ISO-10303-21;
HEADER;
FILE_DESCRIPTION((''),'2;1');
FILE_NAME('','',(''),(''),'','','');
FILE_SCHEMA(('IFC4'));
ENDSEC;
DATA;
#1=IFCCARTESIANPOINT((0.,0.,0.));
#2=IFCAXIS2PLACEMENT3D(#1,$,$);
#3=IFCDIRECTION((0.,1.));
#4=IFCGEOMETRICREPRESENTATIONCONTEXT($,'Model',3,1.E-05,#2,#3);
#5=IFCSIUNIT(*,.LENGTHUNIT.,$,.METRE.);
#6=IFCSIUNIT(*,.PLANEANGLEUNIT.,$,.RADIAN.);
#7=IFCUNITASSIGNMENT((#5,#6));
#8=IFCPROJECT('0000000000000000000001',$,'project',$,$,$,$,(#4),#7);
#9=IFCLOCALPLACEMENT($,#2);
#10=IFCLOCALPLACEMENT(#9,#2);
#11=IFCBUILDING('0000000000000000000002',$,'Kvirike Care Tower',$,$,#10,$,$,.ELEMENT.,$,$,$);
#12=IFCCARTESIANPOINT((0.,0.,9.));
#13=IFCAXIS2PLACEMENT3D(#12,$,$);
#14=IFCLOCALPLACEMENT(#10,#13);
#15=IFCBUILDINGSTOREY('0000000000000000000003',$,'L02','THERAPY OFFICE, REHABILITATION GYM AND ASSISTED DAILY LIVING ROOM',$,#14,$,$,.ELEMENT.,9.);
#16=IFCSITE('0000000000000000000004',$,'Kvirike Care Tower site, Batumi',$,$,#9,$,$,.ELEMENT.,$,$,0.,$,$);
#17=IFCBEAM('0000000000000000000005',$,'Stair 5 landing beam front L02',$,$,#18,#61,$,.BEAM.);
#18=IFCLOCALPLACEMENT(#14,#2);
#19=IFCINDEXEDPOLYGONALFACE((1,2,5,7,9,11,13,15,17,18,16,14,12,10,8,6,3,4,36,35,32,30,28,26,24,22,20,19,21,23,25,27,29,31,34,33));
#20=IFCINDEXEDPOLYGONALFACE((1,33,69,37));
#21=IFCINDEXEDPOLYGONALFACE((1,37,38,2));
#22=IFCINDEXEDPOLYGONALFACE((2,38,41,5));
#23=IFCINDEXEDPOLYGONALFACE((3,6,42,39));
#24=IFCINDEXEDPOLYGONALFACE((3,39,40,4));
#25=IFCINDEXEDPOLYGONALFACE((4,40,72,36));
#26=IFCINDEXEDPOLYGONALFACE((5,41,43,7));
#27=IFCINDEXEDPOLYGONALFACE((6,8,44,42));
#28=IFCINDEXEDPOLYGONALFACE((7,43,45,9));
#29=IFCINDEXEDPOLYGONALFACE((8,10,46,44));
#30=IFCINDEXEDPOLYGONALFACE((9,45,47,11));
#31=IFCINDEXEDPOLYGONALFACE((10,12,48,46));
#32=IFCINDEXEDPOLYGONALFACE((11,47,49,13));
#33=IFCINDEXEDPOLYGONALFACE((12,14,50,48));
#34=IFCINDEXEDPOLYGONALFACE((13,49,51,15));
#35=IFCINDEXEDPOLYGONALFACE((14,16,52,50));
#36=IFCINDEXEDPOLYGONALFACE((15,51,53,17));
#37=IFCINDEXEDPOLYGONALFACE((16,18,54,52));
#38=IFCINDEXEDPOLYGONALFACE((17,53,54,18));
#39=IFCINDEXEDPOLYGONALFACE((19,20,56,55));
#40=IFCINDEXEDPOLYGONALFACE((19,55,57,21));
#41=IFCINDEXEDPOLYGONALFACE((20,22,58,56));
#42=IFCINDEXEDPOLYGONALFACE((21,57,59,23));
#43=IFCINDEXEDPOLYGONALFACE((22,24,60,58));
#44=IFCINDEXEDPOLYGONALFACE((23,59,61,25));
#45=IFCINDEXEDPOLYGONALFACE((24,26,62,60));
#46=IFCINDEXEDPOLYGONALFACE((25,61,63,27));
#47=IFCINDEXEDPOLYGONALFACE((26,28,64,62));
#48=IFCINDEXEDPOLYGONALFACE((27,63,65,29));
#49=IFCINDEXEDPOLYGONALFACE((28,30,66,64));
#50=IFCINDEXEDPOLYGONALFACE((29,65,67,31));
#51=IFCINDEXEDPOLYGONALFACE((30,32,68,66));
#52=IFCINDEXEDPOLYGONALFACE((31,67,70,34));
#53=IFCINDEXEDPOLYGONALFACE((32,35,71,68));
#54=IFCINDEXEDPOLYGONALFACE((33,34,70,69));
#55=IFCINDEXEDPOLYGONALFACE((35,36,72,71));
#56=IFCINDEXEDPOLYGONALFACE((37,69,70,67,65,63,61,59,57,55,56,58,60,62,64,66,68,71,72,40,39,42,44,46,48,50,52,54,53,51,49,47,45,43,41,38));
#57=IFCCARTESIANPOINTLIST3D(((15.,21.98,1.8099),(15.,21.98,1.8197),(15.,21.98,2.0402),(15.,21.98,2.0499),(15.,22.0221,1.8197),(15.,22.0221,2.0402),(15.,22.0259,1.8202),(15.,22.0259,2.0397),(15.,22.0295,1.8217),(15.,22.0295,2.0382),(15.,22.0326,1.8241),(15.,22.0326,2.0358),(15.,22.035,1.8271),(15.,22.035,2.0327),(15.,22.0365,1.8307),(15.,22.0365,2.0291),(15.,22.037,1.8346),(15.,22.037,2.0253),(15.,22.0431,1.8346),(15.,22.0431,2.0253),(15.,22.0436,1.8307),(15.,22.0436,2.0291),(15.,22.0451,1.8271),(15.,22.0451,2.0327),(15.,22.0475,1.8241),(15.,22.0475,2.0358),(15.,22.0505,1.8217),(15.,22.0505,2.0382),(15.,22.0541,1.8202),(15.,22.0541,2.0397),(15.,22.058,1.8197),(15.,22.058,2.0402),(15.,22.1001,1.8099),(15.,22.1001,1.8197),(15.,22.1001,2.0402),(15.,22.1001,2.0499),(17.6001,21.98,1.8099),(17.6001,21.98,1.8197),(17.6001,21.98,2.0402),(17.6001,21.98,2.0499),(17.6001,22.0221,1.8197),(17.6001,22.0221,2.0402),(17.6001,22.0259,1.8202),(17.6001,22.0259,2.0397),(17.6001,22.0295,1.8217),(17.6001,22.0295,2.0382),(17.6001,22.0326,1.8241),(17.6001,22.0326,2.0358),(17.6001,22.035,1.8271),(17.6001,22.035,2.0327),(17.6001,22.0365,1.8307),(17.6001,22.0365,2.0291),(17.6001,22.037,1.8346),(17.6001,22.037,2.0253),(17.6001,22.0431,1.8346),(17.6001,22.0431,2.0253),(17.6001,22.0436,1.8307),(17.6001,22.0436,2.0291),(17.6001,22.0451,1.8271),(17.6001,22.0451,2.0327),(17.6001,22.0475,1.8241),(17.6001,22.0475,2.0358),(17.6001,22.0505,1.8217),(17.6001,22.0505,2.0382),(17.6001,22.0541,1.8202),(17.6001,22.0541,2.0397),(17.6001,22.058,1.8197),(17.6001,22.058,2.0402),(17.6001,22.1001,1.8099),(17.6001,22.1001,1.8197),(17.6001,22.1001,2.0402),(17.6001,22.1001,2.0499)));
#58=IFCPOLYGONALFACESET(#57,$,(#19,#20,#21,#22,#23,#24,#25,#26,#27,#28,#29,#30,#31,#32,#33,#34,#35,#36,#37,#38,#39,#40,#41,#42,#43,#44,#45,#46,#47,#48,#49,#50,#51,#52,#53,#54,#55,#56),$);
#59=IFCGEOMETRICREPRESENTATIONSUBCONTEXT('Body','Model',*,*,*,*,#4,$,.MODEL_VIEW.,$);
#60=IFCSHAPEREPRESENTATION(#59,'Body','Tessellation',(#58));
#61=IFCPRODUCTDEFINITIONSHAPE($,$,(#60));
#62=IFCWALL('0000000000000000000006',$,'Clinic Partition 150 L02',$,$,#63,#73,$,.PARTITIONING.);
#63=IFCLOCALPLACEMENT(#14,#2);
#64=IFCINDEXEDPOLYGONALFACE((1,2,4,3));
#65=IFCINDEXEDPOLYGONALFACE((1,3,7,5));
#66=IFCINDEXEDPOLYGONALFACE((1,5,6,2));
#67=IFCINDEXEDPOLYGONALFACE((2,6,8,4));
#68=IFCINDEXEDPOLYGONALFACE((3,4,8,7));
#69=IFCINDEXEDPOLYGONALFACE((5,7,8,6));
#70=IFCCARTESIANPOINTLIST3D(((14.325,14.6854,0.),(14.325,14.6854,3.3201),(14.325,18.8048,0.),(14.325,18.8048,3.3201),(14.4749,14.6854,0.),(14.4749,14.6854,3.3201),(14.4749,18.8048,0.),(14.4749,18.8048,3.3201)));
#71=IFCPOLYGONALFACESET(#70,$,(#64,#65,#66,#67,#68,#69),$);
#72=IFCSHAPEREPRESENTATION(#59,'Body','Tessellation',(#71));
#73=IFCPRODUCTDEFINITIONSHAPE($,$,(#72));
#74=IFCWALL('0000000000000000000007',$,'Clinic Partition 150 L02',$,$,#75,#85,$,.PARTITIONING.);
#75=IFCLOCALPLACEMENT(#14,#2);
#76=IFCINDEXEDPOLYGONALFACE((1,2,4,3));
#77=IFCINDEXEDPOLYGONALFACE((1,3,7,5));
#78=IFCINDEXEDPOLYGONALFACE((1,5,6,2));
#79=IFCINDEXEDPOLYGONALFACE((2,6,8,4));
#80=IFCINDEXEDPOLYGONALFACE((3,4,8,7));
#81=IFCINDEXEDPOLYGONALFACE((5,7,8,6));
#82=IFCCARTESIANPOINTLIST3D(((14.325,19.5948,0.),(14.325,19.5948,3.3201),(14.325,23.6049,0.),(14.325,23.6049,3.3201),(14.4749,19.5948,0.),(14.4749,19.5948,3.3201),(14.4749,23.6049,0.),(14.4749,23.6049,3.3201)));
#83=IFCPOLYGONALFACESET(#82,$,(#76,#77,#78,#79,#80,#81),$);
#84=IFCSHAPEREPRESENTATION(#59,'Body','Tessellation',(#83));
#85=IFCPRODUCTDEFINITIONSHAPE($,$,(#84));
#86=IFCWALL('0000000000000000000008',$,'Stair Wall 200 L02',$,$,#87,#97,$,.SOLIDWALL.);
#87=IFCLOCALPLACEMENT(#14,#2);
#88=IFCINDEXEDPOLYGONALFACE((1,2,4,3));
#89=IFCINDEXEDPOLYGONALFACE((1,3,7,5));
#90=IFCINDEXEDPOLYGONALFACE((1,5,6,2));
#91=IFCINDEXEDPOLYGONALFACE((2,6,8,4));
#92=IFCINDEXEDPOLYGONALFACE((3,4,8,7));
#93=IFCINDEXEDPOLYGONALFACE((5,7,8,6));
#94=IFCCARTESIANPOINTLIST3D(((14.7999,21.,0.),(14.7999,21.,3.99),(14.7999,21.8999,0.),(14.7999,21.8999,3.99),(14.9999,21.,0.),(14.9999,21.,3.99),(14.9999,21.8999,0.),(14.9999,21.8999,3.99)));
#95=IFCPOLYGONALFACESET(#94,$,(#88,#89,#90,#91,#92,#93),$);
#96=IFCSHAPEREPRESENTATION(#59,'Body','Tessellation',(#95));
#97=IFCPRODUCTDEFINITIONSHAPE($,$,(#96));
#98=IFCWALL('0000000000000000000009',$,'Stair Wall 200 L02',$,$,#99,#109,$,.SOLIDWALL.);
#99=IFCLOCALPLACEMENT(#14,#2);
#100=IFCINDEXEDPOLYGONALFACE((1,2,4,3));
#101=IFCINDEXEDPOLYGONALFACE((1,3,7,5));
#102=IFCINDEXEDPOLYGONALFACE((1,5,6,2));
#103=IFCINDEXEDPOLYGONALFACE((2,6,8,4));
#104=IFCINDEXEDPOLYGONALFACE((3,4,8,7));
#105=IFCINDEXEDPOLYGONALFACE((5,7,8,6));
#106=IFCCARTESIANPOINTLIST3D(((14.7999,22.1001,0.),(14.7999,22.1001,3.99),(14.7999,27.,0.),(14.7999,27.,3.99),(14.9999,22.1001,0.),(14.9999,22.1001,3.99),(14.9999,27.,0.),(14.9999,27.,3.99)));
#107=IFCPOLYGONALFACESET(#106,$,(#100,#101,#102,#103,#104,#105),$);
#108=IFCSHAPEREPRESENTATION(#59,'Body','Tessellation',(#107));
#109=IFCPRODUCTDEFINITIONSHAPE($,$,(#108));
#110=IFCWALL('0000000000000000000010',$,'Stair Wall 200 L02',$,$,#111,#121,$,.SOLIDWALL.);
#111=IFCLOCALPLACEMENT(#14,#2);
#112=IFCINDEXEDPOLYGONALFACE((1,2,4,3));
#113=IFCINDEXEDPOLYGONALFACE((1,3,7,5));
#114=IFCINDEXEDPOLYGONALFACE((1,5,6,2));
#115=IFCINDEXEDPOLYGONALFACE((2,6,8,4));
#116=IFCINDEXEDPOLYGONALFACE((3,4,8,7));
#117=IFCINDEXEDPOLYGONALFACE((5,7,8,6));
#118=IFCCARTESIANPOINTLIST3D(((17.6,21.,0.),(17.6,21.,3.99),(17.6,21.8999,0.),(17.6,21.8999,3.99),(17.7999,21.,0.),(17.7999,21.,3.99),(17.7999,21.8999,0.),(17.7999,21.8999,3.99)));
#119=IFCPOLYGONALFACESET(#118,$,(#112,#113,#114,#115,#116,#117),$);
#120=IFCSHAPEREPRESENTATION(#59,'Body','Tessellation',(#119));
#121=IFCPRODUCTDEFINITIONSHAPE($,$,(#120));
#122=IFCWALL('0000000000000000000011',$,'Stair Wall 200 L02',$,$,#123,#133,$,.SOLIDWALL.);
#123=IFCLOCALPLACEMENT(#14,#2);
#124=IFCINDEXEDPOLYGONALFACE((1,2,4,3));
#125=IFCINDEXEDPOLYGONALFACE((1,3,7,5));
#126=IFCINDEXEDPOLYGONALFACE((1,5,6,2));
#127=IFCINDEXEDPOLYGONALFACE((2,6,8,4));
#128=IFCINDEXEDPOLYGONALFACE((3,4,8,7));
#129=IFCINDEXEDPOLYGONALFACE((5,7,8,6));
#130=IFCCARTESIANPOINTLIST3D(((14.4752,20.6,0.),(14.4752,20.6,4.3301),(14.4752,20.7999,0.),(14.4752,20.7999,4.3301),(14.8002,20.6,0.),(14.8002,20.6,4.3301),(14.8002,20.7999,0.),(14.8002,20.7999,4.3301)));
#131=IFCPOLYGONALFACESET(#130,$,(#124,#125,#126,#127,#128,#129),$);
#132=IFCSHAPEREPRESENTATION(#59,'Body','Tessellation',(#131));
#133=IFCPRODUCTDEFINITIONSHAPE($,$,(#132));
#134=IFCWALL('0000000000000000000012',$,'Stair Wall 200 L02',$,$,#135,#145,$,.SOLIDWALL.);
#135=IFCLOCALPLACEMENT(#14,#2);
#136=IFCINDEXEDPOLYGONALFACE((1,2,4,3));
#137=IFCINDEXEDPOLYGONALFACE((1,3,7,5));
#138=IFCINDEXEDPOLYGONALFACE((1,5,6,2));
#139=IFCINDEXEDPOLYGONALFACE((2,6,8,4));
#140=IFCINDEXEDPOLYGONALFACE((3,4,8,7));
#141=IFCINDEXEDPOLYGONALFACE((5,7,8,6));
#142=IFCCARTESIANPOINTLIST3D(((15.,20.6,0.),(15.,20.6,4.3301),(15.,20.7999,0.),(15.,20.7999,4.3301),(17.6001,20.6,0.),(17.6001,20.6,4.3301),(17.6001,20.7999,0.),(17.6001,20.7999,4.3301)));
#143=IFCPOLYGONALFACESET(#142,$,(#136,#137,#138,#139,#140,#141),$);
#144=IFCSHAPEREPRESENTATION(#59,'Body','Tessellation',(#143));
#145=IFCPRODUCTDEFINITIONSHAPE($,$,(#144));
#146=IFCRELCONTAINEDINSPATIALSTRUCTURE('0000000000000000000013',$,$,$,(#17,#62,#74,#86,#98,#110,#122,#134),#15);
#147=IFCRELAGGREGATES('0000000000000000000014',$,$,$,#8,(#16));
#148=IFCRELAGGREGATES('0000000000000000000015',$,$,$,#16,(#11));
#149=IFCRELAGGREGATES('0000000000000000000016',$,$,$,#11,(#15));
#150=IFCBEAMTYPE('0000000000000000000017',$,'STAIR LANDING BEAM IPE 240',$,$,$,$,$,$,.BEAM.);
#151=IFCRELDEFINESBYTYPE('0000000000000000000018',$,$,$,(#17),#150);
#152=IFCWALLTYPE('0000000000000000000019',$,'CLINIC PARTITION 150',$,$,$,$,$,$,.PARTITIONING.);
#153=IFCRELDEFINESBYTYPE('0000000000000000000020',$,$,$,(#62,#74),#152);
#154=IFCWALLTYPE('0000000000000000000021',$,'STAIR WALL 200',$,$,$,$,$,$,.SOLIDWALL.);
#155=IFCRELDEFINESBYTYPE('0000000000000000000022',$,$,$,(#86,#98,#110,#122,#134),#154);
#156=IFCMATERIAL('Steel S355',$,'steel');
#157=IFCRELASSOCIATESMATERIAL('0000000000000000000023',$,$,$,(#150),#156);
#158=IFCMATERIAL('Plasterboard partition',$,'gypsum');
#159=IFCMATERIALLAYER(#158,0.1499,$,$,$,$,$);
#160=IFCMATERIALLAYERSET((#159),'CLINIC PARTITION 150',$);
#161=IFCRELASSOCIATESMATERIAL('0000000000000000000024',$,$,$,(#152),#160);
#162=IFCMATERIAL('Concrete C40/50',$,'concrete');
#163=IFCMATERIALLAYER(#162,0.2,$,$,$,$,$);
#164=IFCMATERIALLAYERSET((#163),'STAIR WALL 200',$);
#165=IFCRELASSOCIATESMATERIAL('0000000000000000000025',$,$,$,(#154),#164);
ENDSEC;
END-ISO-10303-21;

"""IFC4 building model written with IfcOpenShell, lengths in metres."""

from ifc_helpers import new_model, si_unit, direction, frame, frame_2d, origin, origin_2d, place, context, subcontext, project, spatial, rectangle, i_section, extrude, material, layer, layer_set, material_profile, profile_set, type_object, element, save


model = new_model("IFC4")

# Units and contexts
model_context = context("Model", 3, precision=1e-05, world=origin(), true_north=direction((0.0, 1.0)))
body_context = subcontext(model_context, "Body", "Model", "MODEL_VIEW")
ifc_project = project(units=[si_unit("LENGTHUNIT", "METRE"), si_unit("PLANEANGLEUNIT", "RADIAN")], contexts=[model_context])

# Site, building, storey
site_placement = place(None, origin())
site = spatial("IfcSite", under=ifc_project, at=site_placement, Name="Kvirike Care Tower site, Batumi", CompositionType="ELEMENT", RefElevation=0.0)
building_placement = place(site_placement, origin())
building = spatial("IfcBuilding", under=site, at=building_placement, Name="Kvirike Care Tower", CompositionType="ELEMENT")
storey_placement = place(building_placement, frame((0.0, 0.0, 9.0)))
storey = spatial("IfcBuildingStorey", under=building, at=storey_placement, Name="L02", Description="THERAPY OFFICE, REHABILITATION GYM AND ASSISTED DAILY LIVING ROOM", CompositionType="ELEMENT", Elevation=9.0)

# Beam
ifc_material_1 = material(Name="Steel S355", Category="steel")
ifc_material_profile_1 = material_profile(ifc_material_1, i_section(OverallWidth=0.1201, OverallDepth=0.24, WebThickness=0.0061, FlangeThickness=0.0098, FilletRadius=0.0149, at=origin_2d()), Name="IPE 240")
ifc_profile_set_1 = profile_set([ifc_material_profile_1], Name="Steel S355")
beam_type_1 = type_object("IfcBeamType", Name="STAIR LANDING BEAM IPE 240", PredefinedType="BEAM", material=ifc_profile_set_1)
for number, where, z_axis, x_axis, name in (
    (1, (15.0, 22.04, 1.9299), (1.0, 0.0, 0.0), (0.0, 1.0, 0.0), "Stair 5 landing beam front L02"),
):
    element("IfcBeam", number, at=place(storey_placement, frame(where, z_axis=z_axis, x_axis=x_axis)), inside=storey, type_object=beam_type_1, Name=name, PredefinedType="BEAM", context=body_context, shape_type="SweptSolid", body=[
        extrude(i_section(OverallWidth=0.1201, OverallDepth=0.24, WebThickness=0.0061, FlangeThickness=0.0098, FilletRadius=0.0149, at=origin_2d()), origin(), (0.0, 0.0, 1.0), 2.6001),
    ])

# Walls
ifc_material_2 = material(Name="Plasterboard partition", Category="gypsum")
ifc_layer_1 = layer(ifc_material_2, 0.1499)
ifc_layer_set_1 = layer_set([ifc_layer_1], Name="CLINIC PARTITION 150")
wall_type_1 = type_object("IfcWallType", Name="CLINIC PARTITION 150", PredefinedType="PARTITIONING", material=ifc_layer_set_1)
wall_1_placement = place(storey_placement, frame((14.3999, 14.6855, 0.0), z_axis=(0.0, 0.0, 1.0), x_axis=(0.0, 1.0, 0.0)))
element("IfcWall", 2, at=wall_1_placement, inside=storey, type_object=wall_type_1, Name="Clinic Partition 150 L02", PredefinedType="PARTITIONING", context=body_context, shape_type="SweptSolid", body=[
    extrude(rectangle(XDim=4.1194, YDim=0.1499, at=frame_2d((2.0596, 0.0))), origin(), (0.0, 0.0, 1.0), 3.3201),
])
wall_2_placement = place(storey_placement, frame((14.3999, 19.595, 0.0), z_axis=(0.0, 0.0, 1.0), x_axis=(0.0, 1.0, 0.0)))
element("IfcWall", 3, at=wall_2_placement, inside=storey, type_object=wall_type_1, Name="Clinic Partition 150 L02", PredefinedType="PARTITIONING", context=body_context, shape_type="SweptSolid", body=[
    extrude(rectangle(XDim=4.01, YDim=0.1499, at=frame_2d((2.0049, 0.0))), origin(), (0.0, 0.0, 1.0), 3.3201),
])
ifc_material_3 = material(Name="Concrete C40/50", Category="concrete")
ifc_layer_2 = layer(ifc_material_3, 0.2)
ifc_layer_set_2 = layer_set([ifc_layer_2], Name="STAIR WALL 200")
wall_type_2 = type_object("IfcWallType", Name="STAIR WALL 200", PredefinedType="SOLIDWALL", material=ifc_layer_set_2)
wall_3_placement = place(storey_placement, frame((14.8999, 21.0, 0.0), z_axis=(0.0, 0.0, 1.0), x_axis=(0.0, 1.0, 0.0)))
element("IfcWall", 4, at=wall_3_placement, inside=storey, type_object=wall_type_2, Name="Stair Wall 200 L02", PredefinedType="SOLIDWALL", context=body_context, shape_type="SweptSolid", body=[
    extrude(rectangle(XDim=0.8999, YDim=0.2, at=frame_2d((0.45, 0.0))), origin(), (0.0, 0.0, 1.0), 3.99),
])
wall_4_placement = place(storey_placement, frame((14.8999, 22.1001, 0.0), z_axis=(0.0, 0.0, 1.0), x_axis=(0.0, 1.0, 0.0)))
element("IfcWall", 5, at=wall_4_placement, inside=storey, type_object=wall_type_2, Name="Stair Wall 200 L02", PredefinedType="SOLIDWALL", context=body_context, shape_type="SweptSolid", body=[
    extrude(rectangle(XDim=4.8999, YDim=0.2, at=frame_2d((2.45, 0.0))), origin(), (0.0, 0.0, 1.0), 3.99),
])
wall_5_placement = place(storey_placement, frame((17.7, 21.0, 0.0), z_axis=(0.0, 0.0, 1.0), x_axis=(0.0, 1.0, 0.0)))
element("IfcWall", 6, at=wall_5_placement, inside=storey, type_object=wall_type_2, Name="Stair Wall 200 L02", PredefinedType="SOLIDWALL", context=body_context, shape_type="SweptSolid", body=[
    extrude(rectangle(XDim=0.8999, YDim=0.2, at=frame_2d((0.45, 0.0))), origin(), (0.0, 0.0, 1.0), 3.99),
])
wall_6_placement = place(storey_placement, frame((14.4751, 20.7, 0.0), z_axis=(0.0, 0.0, 1.0), x_axis=(1.0, 0.0, 0.0)))
element("IfcWall", 7, at=wall_6_placement, inside=storey, type_object=wall_type_2, Name="Stair Wall 200 L02", PredefinedType="SOLIDWALL", context=body_context, shape_type="SweptSolid", body=[
    extrude(rectangle(XDim=0.325, YDim=0.2, at=frame_2d((0.1626, 0.0))), origin(), (0.0, 0.0, 1.0), 4.3301),
])
wall_7_placement = place(storey_placement, frame((15.0, 20.7, 0.0), z_axis=(0.0, 0.0, 1.0), x_axis=(1.0, 0.0, 0.0)))
element("IfcWall", 8, at=wall_7_placement, inside=storey, type_object=wall_type_2, Name="Stair Wall 200 L02", PredefinedType="SOLIDWALL", context=body_context, shape_type="SweptSolid", body=[
    extrude(rectangle(XDim=2.6001, YDim=0.2, at=frame_2d((1.3, 0.0))), origin(), (0.0, 0.0, 1.0), 4.3301),
])

save(model, "model.ifc")
